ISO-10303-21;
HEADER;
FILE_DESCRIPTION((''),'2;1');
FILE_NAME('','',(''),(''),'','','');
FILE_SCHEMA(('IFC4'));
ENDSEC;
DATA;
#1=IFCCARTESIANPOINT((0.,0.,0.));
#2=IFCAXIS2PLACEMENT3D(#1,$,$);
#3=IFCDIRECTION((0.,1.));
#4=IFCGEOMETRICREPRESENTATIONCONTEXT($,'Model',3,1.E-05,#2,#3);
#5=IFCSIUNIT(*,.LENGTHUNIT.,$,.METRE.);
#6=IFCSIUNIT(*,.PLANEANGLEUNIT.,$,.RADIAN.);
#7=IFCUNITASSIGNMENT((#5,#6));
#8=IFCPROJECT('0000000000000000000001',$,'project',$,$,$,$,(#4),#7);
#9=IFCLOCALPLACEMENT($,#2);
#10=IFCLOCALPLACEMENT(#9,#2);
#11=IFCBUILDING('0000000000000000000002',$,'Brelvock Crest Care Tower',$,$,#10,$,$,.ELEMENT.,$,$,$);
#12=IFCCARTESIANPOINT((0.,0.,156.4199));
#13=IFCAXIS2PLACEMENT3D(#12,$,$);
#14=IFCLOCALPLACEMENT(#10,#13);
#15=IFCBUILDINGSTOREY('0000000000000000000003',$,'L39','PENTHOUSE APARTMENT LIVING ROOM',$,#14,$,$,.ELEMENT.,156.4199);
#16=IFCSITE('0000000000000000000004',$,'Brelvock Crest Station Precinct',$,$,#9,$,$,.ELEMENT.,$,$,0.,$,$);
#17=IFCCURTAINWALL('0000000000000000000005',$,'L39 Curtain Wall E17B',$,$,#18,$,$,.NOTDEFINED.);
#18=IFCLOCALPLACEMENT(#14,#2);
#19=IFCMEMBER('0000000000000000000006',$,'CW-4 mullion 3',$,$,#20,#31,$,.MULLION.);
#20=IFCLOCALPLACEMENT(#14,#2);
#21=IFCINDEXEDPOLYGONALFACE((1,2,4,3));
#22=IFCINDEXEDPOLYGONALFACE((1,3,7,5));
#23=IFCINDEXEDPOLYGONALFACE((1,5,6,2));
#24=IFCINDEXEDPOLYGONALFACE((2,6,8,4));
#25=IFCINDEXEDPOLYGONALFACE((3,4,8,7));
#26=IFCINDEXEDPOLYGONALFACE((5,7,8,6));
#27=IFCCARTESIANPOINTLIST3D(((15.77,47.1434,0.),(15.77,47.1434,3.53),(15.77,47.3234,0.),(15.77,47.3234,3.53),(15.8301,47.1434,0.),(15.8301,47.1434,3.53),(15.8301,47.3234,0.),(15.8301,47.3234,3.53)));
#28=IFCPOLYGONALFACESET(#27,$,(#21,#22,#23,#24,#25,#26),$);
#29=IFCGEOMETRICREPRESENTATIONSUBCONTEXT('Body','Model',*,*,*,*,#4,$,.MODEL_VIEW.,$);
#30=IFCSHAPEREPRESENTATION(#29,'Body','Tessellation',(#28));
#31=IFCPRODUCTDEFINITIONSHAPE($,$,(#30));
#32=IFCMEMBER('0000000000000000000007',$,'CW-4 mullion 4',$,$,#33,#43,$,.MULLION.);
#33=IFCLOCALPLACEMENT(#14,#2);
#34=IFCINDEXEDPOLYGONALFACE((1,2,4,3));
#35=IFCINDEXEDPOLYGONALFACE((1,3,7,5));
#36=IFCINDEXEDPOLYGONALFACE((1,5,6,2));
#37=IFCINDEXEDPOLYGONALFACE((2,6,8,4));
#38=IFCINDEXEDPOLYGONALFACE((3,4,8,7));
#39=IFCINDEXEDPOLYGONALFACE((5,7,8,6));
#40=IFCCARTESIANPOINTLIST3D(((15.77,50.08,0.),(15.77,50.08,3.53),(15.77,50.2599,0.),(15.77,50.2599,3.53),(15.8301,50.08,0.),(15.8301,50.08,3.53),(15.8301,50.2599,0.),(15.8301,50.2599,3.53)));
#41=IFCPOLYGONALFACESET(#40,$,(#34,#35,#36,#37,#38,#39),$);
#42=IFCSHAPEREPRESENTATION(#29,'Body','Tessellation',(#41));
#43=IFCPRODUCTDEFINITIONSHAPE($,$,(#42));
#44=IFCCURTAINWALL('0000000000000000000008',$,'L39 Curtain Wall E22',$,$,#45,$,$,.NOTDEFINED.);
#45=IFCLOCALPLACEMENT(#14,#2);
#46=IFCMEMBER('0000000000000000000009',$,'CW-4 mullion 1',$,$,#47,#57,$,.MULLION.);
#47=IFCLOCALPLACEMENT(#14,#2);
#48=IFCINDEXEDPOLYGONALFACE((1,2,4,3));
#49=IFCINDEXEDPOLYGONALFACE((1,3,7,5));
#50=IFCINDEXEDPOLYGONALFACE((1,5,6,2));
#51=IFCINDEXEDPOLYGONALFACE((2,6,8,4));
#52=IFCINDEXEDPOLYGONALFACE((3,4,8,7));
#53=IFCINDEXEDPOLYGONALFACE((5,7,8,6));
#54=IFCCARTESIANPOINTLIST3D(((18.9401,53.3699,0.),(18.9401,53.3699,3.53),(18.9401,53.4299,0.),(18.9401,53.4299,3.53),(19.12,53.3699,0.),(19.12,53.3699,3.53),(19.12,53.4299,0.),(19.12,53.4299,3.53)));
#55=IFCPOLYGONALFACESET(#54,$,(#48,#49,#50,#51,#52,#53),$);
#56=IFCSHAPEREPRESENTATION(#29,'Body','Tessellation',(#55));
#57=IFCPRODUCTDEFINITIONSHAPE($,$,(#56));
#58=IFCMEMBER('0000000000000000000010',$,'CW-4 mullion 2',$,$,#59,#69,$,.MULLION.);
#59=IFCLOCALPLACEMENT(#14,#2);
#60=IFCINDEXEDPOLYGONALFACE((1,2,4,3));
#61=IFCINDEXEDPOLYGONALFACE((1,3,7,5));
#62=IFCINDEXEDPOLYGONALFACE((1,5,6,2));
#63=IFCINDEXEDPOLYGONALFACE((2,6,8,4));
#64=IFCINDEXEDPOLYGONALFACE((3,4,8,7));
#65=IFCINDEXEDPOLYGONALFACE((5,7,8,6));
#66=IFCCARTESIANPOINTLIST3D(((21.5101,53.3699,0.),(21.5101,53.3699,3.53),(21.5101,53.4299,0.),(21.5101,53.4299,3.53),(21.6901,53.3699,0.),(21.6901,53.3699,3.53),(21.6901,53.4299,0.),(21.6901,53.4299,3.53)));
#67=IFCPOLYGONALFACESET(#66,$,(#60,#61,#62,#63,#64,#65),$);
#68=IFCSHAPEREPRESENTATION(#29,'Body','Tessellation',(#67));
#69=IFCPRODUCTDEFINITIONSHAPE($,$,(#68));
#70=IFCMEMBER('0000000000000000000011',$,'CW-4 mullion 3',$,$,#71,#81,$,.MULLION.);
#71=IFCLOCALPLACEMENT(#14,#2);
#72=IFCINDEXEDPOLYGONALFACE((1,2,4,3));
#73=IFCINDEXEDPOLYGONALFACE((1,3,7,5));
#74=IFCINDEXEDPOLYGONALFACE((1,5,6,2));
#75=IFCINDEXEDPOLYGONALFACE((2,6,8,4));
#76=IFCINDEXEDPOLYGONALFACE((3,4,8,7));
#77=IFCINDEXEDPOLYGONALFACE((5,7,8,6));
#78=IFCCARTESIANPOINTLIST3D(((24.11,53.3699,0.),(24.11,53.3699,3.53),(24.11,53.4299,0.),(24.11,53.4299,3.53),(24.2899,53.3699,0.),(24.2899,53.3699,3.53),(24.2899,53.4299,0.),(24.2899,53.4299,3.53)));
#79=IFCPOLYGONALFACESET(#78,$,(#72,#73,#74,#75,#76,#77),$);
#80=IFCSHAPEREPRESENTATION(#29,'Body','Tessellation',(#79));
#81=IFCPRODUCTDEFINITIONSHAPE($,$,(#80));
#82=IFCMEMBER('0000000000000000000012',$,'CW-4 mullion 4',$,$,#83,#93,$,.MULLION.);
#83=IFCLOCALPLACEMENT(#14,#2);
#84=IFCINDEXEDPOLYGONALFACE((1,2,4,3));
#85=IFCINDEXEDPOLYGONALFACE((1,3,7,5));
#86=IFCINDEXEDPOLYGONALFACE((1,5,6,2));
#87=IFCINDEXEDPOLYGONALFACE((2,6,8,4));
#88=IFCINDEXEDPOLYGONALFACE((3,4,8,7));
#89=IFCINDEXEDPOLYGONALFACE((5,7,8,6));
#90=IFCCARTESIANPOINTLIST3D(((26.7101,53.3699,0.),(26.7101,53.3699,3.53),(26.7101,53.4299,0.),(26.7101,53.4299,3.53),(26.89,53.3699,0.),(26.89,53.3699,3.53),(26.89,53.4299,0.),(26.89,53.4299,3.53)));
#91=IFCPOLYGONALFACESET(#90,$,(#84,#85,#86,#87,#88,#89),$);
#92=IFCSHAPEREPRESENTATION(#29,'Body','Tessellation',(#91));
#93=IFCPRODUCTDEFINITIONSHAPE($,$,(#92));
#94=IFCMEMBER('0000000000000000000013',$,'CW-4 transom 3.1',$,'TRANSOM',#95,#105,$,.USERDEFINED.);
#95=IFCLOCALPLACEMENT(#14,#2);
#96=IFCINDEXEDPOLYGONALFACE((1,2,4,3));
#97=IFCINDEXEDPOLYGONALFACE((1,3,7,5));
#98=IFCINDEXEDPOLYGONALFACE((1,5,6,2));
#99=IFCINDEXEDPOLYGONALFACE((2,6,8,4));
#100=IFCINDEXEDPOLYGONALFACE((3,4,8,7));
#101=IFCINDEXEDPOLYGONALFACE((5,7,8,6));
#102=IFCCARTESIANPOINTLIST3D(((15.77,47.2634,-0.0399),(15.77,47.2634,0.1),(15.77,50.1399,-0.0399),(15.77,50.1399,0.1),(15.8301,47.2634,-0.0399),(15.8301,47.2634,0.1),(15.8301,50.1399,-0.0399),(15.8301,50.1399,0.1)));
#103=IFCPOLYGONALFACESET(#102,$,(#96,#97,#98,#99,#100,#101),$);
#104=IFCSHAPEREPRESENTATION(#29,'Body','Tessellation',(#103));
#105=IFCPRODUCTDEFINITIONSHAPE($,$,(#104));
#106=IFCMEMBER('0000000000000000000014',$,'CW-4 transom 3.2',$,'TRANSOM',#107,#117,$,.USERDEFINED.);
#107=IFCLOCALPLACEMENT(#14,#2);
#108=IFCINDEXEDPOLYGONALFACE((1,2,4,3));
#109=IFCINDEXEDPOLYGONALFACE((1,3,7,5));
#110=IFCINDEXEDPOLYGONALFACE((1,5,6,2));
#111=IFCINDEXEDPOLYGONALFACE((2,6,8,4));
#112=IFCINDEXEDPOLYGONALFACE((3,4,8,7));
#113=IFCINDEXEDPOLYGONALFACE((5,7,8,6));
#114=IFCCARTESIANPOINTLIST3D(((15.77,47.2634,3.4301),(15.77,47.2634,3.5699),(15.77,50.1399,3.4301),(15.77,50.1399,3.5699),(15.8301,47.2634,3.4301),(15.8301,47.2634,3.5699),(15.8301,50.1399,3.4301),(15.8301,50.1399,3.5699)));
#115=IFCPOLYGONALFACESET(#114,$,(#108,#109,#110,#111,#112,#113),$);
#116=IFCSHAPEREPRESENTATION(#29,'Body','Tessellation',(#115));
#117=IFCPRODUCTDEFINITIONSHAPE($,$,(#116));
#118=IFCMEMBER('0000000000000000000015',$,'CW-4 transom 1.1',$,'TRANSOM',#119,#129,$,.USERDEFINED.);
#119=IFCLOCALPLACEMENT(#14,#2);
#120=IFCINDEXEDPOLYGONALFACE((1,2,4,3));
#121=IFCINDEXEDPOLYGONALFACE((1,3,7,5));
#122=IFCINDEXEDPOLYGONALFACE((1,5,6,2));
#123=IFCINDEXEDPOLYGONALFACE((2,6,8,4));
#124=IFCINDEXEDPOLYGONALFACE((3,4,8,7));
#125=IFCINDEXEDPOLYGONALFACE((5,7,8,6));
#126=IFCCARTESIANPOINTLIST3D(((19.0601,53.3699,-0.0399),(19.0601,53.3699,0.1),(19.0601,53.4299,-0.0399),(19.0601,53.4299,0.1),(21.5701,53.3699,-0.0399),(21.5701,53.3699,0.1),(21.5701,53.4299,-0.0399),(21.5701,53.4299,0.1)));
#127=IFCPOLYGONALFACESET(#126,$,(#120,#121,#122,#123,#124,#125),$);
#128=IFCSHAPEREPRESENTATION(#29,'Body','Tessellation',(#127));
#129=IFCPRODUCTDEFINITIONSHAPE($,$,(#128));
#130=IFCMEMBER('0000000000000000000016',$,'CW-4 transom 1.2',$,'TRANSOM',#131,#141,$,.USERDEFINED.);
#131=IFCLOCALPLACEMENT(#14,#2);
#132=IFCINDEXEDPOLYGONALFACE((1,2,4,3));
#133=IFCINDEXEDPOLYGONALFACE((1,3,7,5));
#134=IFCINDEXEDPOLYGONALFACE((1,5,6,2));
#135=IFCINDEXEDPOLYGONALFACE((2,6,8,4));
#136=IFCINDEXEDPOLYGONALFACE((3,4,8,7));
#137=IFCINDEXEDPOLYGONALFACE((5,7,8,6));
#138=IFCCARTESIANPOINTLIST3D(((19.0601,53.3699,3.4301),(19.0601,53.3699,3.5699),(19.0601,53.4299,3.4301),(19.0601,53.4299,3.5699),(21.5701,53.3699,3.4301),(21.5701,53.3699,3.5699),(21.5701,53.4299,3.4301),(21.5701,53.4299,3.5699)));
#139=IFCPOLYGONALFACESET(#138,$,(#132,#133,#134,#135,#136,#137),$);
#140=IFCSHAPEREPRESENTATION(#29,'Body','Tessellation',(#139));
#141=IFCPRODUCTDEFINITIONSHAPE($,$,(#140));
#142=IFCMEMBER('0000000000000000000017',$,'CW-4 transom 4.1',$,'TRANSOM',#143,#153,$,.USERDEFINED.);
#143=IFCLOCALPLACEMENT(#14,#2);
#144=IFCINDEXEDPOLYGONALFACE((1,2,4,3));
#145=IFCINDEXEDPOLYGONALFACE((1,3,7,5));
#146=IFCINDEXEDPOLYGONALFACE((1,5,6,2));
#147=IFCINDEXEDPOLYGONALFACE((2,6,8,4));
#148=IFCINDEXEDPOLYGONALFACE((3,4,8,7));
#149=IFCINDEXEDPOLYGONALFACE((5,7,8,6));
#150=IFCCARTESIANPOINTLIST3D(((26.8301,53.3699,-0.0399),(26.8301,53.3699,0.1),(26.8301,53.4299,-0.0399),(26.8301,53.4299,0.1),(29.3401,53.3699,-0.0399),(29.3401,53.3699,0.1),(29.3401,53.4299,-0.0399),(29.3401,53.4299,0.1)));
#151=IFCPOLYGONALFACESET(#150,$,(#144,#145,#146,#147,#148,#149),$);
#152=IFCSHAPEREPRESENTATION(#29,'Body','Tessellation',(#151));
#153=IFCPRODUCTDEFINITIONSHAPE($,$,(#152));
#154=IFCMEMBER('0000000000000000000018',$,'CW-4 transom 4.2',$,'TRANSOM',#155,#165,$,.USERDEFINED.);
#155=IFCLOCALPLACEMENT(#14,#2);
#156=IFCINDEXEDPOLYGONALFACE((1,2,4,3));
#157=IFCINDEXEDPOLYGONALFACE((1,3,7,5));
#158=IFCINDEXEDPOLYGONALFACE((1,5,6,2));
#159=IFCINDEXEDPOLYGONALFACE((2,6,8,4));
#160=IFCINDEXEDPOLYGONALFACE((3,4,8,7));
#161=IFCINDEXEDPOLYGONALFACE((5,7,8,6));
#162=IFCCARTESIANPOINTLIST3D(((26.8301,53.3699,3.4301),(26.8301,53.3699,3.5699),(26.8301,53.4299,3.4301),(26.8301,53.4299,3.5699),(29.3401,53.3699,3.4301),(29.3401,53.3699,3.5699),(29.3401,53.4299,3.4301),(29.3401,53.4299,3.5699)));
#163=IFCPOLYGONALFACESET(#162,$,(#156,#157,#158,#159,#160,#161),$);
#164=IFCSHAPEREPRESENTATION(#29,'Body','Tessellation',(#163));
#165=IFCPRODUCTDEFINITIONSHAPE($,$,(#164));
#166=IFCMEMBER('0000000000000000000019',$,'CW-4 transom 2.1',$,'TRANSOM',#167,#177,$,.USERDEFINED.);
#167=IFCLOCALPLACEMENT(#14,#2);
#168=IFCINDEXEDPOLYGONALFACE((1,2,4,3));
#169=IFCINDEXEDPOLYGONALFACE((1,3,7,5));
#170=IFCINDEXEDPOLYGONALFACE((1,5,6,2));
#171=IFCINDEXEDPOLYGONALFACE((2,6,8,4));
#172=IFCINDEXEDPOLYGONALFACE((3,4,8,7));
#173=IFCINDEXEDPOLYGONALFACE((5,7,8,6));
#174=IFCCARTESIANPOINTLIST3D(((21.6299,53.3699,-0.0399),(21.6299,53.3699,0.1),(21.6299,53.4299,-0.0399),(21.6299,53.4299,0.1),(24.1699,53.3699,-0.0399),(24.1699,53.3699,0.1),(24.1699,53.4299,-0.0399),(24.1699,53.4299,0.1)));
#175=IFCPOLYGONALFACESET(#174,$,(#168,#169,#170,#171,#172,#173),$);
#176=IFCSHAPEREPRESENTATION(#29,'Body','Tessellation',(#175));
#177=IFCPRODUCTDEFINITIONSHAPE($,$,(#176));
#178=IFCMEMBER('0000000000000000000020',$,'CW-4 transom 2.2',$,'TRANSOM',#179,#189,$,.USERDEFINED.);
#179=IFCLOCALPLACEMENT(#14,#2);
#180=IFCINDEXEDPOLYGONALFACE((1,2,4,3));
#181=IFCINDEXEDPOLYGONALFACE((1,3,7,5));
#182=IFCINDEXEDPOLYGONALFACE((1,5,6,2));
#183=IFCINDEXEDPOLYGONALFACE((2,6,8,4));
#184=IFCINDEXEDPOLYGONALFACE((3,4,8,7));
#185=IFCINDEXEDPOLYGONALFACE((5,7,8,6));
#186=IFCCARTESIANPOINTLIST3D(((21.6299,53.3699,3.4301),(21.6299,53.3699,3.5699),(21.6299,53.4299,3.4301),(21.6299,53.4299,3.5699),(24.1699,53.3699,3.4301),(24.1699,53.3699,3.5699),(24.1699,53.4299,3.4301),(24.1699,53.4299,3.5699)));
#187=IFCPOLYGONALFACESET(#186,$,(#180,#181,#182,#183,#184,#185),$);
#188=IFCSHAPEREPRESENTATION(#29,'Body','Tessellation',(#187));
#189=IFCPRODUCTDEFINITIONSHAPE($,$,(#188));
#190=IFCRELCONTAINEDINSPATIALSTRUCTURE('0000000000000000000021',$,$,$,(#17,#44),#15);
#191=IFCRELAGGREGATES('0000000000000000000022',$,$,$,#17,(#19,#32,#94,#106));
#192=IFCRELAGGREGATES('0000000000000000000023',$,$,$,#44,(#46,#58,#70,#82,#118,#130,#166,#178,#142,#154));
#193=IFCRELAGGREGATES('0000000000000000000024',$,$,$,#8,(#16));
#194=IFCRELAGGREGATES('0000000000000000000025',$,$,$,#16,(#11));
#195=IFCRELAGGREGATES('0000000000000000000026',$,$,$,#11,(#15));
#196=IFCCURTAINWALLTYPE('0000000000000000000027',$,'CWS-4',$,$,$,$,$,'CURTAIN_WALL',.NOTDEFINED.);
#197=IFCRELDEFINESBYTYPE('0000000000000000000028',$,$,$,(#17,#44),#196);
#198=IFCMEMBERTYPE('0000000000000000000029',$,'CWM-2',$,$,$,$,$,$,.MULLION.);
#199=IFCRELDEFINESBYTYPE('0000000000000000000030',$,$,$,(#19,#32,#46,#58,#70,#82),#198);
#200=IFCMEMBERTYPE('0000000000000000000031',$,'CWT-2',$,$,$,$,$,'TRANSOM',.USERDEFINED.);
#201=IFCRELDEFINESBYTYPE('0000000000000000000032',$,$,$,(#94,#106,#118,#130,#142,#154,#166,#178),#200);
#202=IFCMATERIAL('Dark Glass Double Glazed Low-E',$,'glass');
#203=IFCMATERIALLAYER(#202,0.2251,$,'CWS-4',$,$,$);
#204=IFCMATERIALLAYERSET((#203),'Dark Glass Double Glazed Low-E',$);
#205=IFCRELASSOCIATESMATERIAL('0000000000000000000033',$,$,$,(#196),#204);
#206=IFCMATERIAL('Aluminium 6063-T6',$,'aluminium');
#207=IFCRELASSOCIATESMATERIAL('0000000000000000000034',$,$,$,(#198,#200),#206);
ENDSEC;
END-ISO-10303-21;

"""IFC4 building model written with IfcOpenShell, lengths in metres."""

from ifc_helpers import new_model, si_unit, direction, frame, origin, origin_2d, place, context, subcontext, project, spatial, rectangle, extrude, source, transform, mapped, material, layer, layer_set, material_profile, profile_set, type_object, element, aggregate, save


model = new_model("IFC4")

# Units and contexts
model_context = context("Model", 3, precision=1e-05, world=origin(), true_north=direction((0.0, 1.0)))
body_context = subcontext(model_context, "Body", "Model", "MODEL_VIEW")
ifc_project = project(units=[si_unit("LENGTHUNIT", "METRE"), si_unit("PLANEANGLEUNIT", "RADIAN")], contexts=[model_context])

# Site, building, storey
site_placement = place(None, origin())
site = spatial("IfcSite", under=ifc_project, at=site_placement, Name="Brelvock Crest Station Precinct", CompositionType="ELEMENT", RefElevation=0.0)
building_placement = place(site_placement, origin())
building = spatial("IfcBuilding", under=site, at=building_placement, Name="Brelvock Crest Care Tower", CompositionType="ELEMENT")
storey_placement = place(building_placement, frame((0.0, 0.0, 156.4199)))
storey = spatial("IfcBuildingStorey", under=building, at=storey_placement, Name="L39", Description="PENTHOUSE APARTMENT LIVING ROOM", CompositionType="ELEMENT", Elevation=156.4199)

# Curtain walls, members
ifc_material_1 = material(Name="Dark Glass Double Glazed Low-E", Category="glass")
ifc_layer_1 = layer(ifc_material_1, 0.2251, Name="CWS-4")
ifc_layer_set_1 = layer_set([ifc_layer_1], Name="Dark Glass Double Glazed Low-E")
curtain_wall_type = type_object("IfcCurtainWallType", Name="CWS-4", ElementType="CURTAIN_WALL", PredefinedType="NOTDEFINED", material=ifc_layer_set_1)
curtain_wall_1_placement = place(storey_placement, origin())
curtain_wall_1 = element("IfcCurtainWall", 1, at=curtain_wall_1_placement, inside=storey, type_object=curtain_wall_type, Name="L39 Curtain Wall E17B", PredefinedType="NOTDEFINED")
ifc_material_2 = material(Name="Aluminium 6063-T6", Category="aluminium")
ifc_material_profile_1 = material_profile(ifc_material_2, rectangle(XDim=0.0601, YDim=0.1799, at=origin_2d()), Name="ALU60x180")
ifc_profile_set_1 = profile_set([ifc_material_profile_1], Name="Aluminium 6063-T6")
member_type_1 = type_object("IfcMemberType", Name="CWM-2", PredefinedType="MULLION", material=ifc_profile_set_1)
shared_shape_1 = source(origin(), body_context, "Body", "SweptSolid", [
    extrude(rectangle(XDim=0.0601, YDim=0.1799, at=origin_2d()), origin(), (0.0, 0.0, 1.0), 3.53),
])
member_1_placement = place(storey_placement, frame((15.8, 47.2334, 0.0), z_axis=(0.0, 0.0, 1.0), x_axis=(-1.0, 0.0, 0.0)))
member_1 = element("IfcMember", 2, at=member_1_placement, type_object=member_type_1, Name="CW-4 mullion 3", PredefinedType="MULLION", context=body_context, shape_type="MappedRepresentation", body=[
    mapped(shared_shape_1, transform((0.0, 0.0, 0.0), x_axis=(1.0, 0.0, 0.0), y_axis=(0.0, 1.0, 0.0), z_axis=(0.0, 0.0, 1.0), scale=1.0)),
])
member_2_placement = place(storey_placement, frame((15.8, 50.1699, 0.0), z_axis=(0.0, 0.0, 1.0), x_axis=(-1.0, 0.0, 0.0)))
member_2 = element("IfcMember", 3, at=member_2_placement, type_object=member_type_1, Name="CW-4 mullion 4", PredefinedType="MULLION", context=body_context, shape_type="MappedRepresentation", body=[
    mapped(shared_shape_1, transform((0.0, 0.0, 0.0), x_axis=(1.0, 0.0, 0.0), y_axis=(0.0, 1.0, 0.0), z_axis=(0.0, 0.0, 1.0), scale=1.0)),
])
curtain_wall_2_placement = place(storey_placement, origin())
curtain_wall_2 = element("IfcCurtainWall", 4, at=curtain_wall_2_placement, inside=storey, type_object=curtain_wall_type, Name="L39 Curtain Wall E22", PredefinedType="NOTDEFINED")
member_3_placement = place(storey_placement, frame((19.03, 53.3999, 0.0), z_axis=(0.0, 0.0, 1.0), x_axis=(0.0, 1.0, 0.0)))
member_3 = element("IfcMember", 5, at=member_3_placement, type_object=member_type_1, Name="CW-4 mullion 1", PredefinedType="MULLION", context=body_context, shape_type="MappedRepresentation", body=[
    mapped(shared_shape_1, transform((0.0, 0.0, 0.0), x_axis=(1.0, 0.0, 0.0), y_axis=(0.0, 1.0, 0.0), z_axis=(0.0, 0.0, 1.0), scale=1.0)),
])
member_4_placement = place(storey_placement, frame((21.6001, 53.3999, 0.0), z_axis=(0.0, 0.0, 1.0), x_axis=(0.0, 1.0, 0.0)))
member_4 = element("IfcMember", 6, at=member_4_placement, type_object=member_type_1, Name="CW-4 mullion 2", PredefinedType="MULLION", context=body_context, shape_type="MappedRepresentation", body=[
    mapped(shared_shape_1, transform((0.0, 0.0, 0.0), x_axis=(1.0, 0.0, 0.0), y_axis=(0.0, 1.0, 0.0), z_axis=(0.0, 0.0, 1.0), scale=1.0)),
])
member_5_placement = place(storey_placement, frame((24.2, 53.3999, 0.0), z_axis=(0.0, 0.0, 1.0), x_axis=(0.0, 1.0, 0.0)))
member_5 = element("IfcMember", 7, at=member_5_placement, type_object=member_type_1, Name="CW-4 mullion 3", PredefinedType="MULLION", context=body_context, shape_type="MappedRepresentation", body=[
    mapped(shared_shape_1, transform((0.0, 0.0, 0.0), x_axis=(1.0, 0.0, 0.0), y_axis=(0.0, 1.0, 0.0), z_axis=(0.0, 0.0, 1.0), scale=1.0)),
])
member_6_placement = place(storey_placement, frame((26.8, 53.3999, 0.0), z_axis=(0.0, 0.0, 1.0), x_axis=(0.0, 1.0, 0.0)))
member_6 = element("IfcMember", 8, at=member_6_placement, type_object=member_type_1, Name="CW-4 mullion 4", PredefinedType="MULLION", context=body_context, shape_type="MappedRepresentation", body=[
    mapped(shared_shape_1, transform((0.0, 0.0, 0.0), x_axis=(1.0, 0.0, 0.0), y_axis=(0.0, 1.0, 0.0), z_axis=(0.0, 0.0, 1.0), scale=1.0)),
])

# Members
ifc_material_profile_2 = material_profile(ifc_material_2, rectangle(XDim=0.0601, YDim=0.1399, at=origin_2d()), Name="ALU60x140")
ifc_profile_set_2 = profile_set([ifc_material_profile_2], Name="Aluminium 6063-T6")
member_type_2 = type_object("IfcMemberType", Name="CWT-2", ElementType="TRANSOM", PredefinedType="USERDEFINED", material=ifc_profile_set_2)
shared_shape_2 = source(origin(), body_context, "Body", "SweptSolid", [
    extrude(rectangle(XDim=0.0601, YDim=0.1399, at=origin_2d()), origin(), (0.0, 0.0, 1.0), 2.8765),
])
member_7_placement = place(storey_placement, frame((15.8, 47.2634, 0.03), z_axis=(0.0, 1.0, 0.0), x_axis=(-1.0, 0.0, 0.0)))
member_7 = element("IfcMember", 9, at=member_7_placement, type_object=member_type_2, Name="CW-4 transom 3.1", ObjectType="TRANSOM", PredefinedType="USERDEFINED", context=body_context, shape_type="MappedRepresentation", body=[
    mapped(shared_shape_2, transform((0.0, 0.0, 0.0), x_axis=(1.0, 0.0, 0.0), y_axis=(0.0, 1.0, 0.0), z_axis=(0.0, 0.0, 1.0), scale=1.0)),
])
member_8_placement = place(storey_placement, frame((15.8, 47.2634, 3.5), z_axis=(0.0, 1.0, 0.0), x_axis=(-1.0, 0.0, 0.0)))
member_8 = element("IfcMember", 10, at=member_8_placement, type_object=member_type_2, Name="CW-4 transom 3.2", ObjectType="TRANSOM", PredefinedType="USERDEFINED", context=body_context, shape_type="MappedRepresentation", body=[
    mapped(shared_shape_2, transform((0.0, 0.0, 0.0), x_axis=(1.0, 0.0, 0.0), y_axis=(0.0, 1.0, 0.0), z_axis=(0.0, 0.0, 1.0), scale=1.0)),
])
shared_shape_3 = source(origin(), body_context, "Body", "SweptSolid", [
    extrude(rectangle(XDim=0.0601, YDim=0.1399, at=origin_2d()), origin(), (0.0, 0.0, 1.0), 2.51),
])
member_9_placement = place(storey_placement, frame((19.0601, 53.3999, 0.03), z_axis=(1.0, 0.0, 0.0), x_axis=(0.0, 1.0, 0.0)))
member_9 = element("IfcMember", 11, at=member_9_placement, type_object=member_type_2, Name="CW-4 transom 1.1", ObjectType="TRANSOM", PredefinedType="USERDEFINED", context=body_context, shape_type="MappedRepresentation", body=[
    mapped(shared_shape_3, transform((0.0, 0.0, 0.0), x_axis=(1.0, 0.0, 0.0), y_axis=(0.0, 1.0, 0.0), z_axis=(0.0, 0.0, 1.0), scale=1.0)),
])
member_10_placement = place(storey_placement, frame((19.0601, 53.3999, 3.5), z_axis=(1.0, 0.0, 0.0), x_axis=(0.0, 1.0, 0.0)))
member_10 = element("IfcMember", 12, at=member_10_placement, type_object=member_type_2, Name="CW-4 transom 1.2", ObjectType="TRANSOM", PredefinedType="USERDEFINED", context=body_context, shape_type="MappedRepresentation", body=[
    mapped(shared_shape_3, transform((0.0, 0.0, 0.0), x_axis=(1.0, 0.0, 0.0), y_axis=(0.0, 1.0, 0.0), z_axis=(0.0, 0.0, 1.0), scale=1.0)),
])
member_11_placement = place(storey_placement, frame((26.8301, 53.3999, 0.03), z_axis=(1.0, 0.0, 0.0), x_axis=(0.0, 1.0, 0.0)))
member_11 = element("IfcMember", 13, at=member_11_placement, type_object=member_type_2, Name="CW-4 transom 4.1", ObjectType="TRANSOM", PredefinedType="USERDEFINED", context=body_context, shape_type="MappedRepresentation", body=[
    mapped(shared_shape_3, transform((0.0, 0.0, 0.0), x_axis=(1.0, 0.0, 0.0), y_axis=(0.0, 1.0, 0.0), z_axis=(0.0, 0.0, 1.0), scale=1.0)),
])
member_12_placement = place(storey_placement, frame((26.8301, 53.3999, 3.5), z_axis=(1.0, 0.0, 0.0), x_axis=(0.0, 1.0, 0.0)))
member_12 = element("IfcMember", 14, at=member_12_placement, type_object=member_type_2, Name="CW-4 transom 4.2", ObjectType="TRANSOM", PredefinedType="USERDEFINED", context=body_context, shape_type="MappedRepresentation", body=[
    mapped(shared_shape_3, transform((0.0, 0.0, 0.0), x_axis=(1.0, 0.0, 0.0), y_axis=(0.0, 1.0, 0.0), z_axis=(0.0, 0.0, 1.0), scale=1.0)),
])
shared_shape_4 = source(origin(), body_context, "Body", "SweptSolid", [
    extrude(rectangle(XDim=0.0601, YDim=0.1399, at=origin_2d()), origin(), (0.0, 0.0, 1.0), 2.54),
])
member_13_placement = place(storey_placement, frame((21.6299, 53.3999, 0.03), z_axis=(1.0, 0.0, 0.0), x_axis=(0.0, 1.0, 0.0)))
member_13 = element("IfcMember", 15, at=member_13_placement, type_object=member_type_2, Name="CW-4 transom 2.1", ObjectType="TRANSOM", PredefinedType="USERDEFINED", context=body_context, shape_type="MappedRepresentation", body=[
    mapped(shared_shape_4, transform((0.0, 0.0, 0.0), x_axis=(1.0, 0.0, 0.0), y_axis=(0.0, 1.0, 0.0), z_axis=(0.0, 0.0, 1.0), scale=1.0)),
])
member_14_placement = place(storey_placement, frame((21.6299, 53.3999, 3.5), z_axis=(1.0, 0.0, 0.0), x_axis=(0.0, 1.0, 0.0)))
member_14 = element("IfcMember", 16, at=member_14_placement, type_object=member_type_2, Name="CW-4 transom 2.2", ObjectType="TRANSOM", PredefinedType="USERDEFINED", context=body_context, shape_type="MappedRepresentation", body=[
    mapped(shared_shape_4, transform((0.0, 0.0, 0.0), x_axis=(1.0, 0.0, 0.0), y_axis=(0.0, 1.0, 0.0), z_axis=(0.0, 0.0, 1.0), scale=1.0)),
])

aggregate(curtain_wall_1, [member_1, member_2, member_7, member_8])
aggregate(curtain_wall_2, [member_3, member_4, member_5, member_6, member_9, member_10, member_13, member_14, member_11, member_12])

save(model, "model.ifc")
